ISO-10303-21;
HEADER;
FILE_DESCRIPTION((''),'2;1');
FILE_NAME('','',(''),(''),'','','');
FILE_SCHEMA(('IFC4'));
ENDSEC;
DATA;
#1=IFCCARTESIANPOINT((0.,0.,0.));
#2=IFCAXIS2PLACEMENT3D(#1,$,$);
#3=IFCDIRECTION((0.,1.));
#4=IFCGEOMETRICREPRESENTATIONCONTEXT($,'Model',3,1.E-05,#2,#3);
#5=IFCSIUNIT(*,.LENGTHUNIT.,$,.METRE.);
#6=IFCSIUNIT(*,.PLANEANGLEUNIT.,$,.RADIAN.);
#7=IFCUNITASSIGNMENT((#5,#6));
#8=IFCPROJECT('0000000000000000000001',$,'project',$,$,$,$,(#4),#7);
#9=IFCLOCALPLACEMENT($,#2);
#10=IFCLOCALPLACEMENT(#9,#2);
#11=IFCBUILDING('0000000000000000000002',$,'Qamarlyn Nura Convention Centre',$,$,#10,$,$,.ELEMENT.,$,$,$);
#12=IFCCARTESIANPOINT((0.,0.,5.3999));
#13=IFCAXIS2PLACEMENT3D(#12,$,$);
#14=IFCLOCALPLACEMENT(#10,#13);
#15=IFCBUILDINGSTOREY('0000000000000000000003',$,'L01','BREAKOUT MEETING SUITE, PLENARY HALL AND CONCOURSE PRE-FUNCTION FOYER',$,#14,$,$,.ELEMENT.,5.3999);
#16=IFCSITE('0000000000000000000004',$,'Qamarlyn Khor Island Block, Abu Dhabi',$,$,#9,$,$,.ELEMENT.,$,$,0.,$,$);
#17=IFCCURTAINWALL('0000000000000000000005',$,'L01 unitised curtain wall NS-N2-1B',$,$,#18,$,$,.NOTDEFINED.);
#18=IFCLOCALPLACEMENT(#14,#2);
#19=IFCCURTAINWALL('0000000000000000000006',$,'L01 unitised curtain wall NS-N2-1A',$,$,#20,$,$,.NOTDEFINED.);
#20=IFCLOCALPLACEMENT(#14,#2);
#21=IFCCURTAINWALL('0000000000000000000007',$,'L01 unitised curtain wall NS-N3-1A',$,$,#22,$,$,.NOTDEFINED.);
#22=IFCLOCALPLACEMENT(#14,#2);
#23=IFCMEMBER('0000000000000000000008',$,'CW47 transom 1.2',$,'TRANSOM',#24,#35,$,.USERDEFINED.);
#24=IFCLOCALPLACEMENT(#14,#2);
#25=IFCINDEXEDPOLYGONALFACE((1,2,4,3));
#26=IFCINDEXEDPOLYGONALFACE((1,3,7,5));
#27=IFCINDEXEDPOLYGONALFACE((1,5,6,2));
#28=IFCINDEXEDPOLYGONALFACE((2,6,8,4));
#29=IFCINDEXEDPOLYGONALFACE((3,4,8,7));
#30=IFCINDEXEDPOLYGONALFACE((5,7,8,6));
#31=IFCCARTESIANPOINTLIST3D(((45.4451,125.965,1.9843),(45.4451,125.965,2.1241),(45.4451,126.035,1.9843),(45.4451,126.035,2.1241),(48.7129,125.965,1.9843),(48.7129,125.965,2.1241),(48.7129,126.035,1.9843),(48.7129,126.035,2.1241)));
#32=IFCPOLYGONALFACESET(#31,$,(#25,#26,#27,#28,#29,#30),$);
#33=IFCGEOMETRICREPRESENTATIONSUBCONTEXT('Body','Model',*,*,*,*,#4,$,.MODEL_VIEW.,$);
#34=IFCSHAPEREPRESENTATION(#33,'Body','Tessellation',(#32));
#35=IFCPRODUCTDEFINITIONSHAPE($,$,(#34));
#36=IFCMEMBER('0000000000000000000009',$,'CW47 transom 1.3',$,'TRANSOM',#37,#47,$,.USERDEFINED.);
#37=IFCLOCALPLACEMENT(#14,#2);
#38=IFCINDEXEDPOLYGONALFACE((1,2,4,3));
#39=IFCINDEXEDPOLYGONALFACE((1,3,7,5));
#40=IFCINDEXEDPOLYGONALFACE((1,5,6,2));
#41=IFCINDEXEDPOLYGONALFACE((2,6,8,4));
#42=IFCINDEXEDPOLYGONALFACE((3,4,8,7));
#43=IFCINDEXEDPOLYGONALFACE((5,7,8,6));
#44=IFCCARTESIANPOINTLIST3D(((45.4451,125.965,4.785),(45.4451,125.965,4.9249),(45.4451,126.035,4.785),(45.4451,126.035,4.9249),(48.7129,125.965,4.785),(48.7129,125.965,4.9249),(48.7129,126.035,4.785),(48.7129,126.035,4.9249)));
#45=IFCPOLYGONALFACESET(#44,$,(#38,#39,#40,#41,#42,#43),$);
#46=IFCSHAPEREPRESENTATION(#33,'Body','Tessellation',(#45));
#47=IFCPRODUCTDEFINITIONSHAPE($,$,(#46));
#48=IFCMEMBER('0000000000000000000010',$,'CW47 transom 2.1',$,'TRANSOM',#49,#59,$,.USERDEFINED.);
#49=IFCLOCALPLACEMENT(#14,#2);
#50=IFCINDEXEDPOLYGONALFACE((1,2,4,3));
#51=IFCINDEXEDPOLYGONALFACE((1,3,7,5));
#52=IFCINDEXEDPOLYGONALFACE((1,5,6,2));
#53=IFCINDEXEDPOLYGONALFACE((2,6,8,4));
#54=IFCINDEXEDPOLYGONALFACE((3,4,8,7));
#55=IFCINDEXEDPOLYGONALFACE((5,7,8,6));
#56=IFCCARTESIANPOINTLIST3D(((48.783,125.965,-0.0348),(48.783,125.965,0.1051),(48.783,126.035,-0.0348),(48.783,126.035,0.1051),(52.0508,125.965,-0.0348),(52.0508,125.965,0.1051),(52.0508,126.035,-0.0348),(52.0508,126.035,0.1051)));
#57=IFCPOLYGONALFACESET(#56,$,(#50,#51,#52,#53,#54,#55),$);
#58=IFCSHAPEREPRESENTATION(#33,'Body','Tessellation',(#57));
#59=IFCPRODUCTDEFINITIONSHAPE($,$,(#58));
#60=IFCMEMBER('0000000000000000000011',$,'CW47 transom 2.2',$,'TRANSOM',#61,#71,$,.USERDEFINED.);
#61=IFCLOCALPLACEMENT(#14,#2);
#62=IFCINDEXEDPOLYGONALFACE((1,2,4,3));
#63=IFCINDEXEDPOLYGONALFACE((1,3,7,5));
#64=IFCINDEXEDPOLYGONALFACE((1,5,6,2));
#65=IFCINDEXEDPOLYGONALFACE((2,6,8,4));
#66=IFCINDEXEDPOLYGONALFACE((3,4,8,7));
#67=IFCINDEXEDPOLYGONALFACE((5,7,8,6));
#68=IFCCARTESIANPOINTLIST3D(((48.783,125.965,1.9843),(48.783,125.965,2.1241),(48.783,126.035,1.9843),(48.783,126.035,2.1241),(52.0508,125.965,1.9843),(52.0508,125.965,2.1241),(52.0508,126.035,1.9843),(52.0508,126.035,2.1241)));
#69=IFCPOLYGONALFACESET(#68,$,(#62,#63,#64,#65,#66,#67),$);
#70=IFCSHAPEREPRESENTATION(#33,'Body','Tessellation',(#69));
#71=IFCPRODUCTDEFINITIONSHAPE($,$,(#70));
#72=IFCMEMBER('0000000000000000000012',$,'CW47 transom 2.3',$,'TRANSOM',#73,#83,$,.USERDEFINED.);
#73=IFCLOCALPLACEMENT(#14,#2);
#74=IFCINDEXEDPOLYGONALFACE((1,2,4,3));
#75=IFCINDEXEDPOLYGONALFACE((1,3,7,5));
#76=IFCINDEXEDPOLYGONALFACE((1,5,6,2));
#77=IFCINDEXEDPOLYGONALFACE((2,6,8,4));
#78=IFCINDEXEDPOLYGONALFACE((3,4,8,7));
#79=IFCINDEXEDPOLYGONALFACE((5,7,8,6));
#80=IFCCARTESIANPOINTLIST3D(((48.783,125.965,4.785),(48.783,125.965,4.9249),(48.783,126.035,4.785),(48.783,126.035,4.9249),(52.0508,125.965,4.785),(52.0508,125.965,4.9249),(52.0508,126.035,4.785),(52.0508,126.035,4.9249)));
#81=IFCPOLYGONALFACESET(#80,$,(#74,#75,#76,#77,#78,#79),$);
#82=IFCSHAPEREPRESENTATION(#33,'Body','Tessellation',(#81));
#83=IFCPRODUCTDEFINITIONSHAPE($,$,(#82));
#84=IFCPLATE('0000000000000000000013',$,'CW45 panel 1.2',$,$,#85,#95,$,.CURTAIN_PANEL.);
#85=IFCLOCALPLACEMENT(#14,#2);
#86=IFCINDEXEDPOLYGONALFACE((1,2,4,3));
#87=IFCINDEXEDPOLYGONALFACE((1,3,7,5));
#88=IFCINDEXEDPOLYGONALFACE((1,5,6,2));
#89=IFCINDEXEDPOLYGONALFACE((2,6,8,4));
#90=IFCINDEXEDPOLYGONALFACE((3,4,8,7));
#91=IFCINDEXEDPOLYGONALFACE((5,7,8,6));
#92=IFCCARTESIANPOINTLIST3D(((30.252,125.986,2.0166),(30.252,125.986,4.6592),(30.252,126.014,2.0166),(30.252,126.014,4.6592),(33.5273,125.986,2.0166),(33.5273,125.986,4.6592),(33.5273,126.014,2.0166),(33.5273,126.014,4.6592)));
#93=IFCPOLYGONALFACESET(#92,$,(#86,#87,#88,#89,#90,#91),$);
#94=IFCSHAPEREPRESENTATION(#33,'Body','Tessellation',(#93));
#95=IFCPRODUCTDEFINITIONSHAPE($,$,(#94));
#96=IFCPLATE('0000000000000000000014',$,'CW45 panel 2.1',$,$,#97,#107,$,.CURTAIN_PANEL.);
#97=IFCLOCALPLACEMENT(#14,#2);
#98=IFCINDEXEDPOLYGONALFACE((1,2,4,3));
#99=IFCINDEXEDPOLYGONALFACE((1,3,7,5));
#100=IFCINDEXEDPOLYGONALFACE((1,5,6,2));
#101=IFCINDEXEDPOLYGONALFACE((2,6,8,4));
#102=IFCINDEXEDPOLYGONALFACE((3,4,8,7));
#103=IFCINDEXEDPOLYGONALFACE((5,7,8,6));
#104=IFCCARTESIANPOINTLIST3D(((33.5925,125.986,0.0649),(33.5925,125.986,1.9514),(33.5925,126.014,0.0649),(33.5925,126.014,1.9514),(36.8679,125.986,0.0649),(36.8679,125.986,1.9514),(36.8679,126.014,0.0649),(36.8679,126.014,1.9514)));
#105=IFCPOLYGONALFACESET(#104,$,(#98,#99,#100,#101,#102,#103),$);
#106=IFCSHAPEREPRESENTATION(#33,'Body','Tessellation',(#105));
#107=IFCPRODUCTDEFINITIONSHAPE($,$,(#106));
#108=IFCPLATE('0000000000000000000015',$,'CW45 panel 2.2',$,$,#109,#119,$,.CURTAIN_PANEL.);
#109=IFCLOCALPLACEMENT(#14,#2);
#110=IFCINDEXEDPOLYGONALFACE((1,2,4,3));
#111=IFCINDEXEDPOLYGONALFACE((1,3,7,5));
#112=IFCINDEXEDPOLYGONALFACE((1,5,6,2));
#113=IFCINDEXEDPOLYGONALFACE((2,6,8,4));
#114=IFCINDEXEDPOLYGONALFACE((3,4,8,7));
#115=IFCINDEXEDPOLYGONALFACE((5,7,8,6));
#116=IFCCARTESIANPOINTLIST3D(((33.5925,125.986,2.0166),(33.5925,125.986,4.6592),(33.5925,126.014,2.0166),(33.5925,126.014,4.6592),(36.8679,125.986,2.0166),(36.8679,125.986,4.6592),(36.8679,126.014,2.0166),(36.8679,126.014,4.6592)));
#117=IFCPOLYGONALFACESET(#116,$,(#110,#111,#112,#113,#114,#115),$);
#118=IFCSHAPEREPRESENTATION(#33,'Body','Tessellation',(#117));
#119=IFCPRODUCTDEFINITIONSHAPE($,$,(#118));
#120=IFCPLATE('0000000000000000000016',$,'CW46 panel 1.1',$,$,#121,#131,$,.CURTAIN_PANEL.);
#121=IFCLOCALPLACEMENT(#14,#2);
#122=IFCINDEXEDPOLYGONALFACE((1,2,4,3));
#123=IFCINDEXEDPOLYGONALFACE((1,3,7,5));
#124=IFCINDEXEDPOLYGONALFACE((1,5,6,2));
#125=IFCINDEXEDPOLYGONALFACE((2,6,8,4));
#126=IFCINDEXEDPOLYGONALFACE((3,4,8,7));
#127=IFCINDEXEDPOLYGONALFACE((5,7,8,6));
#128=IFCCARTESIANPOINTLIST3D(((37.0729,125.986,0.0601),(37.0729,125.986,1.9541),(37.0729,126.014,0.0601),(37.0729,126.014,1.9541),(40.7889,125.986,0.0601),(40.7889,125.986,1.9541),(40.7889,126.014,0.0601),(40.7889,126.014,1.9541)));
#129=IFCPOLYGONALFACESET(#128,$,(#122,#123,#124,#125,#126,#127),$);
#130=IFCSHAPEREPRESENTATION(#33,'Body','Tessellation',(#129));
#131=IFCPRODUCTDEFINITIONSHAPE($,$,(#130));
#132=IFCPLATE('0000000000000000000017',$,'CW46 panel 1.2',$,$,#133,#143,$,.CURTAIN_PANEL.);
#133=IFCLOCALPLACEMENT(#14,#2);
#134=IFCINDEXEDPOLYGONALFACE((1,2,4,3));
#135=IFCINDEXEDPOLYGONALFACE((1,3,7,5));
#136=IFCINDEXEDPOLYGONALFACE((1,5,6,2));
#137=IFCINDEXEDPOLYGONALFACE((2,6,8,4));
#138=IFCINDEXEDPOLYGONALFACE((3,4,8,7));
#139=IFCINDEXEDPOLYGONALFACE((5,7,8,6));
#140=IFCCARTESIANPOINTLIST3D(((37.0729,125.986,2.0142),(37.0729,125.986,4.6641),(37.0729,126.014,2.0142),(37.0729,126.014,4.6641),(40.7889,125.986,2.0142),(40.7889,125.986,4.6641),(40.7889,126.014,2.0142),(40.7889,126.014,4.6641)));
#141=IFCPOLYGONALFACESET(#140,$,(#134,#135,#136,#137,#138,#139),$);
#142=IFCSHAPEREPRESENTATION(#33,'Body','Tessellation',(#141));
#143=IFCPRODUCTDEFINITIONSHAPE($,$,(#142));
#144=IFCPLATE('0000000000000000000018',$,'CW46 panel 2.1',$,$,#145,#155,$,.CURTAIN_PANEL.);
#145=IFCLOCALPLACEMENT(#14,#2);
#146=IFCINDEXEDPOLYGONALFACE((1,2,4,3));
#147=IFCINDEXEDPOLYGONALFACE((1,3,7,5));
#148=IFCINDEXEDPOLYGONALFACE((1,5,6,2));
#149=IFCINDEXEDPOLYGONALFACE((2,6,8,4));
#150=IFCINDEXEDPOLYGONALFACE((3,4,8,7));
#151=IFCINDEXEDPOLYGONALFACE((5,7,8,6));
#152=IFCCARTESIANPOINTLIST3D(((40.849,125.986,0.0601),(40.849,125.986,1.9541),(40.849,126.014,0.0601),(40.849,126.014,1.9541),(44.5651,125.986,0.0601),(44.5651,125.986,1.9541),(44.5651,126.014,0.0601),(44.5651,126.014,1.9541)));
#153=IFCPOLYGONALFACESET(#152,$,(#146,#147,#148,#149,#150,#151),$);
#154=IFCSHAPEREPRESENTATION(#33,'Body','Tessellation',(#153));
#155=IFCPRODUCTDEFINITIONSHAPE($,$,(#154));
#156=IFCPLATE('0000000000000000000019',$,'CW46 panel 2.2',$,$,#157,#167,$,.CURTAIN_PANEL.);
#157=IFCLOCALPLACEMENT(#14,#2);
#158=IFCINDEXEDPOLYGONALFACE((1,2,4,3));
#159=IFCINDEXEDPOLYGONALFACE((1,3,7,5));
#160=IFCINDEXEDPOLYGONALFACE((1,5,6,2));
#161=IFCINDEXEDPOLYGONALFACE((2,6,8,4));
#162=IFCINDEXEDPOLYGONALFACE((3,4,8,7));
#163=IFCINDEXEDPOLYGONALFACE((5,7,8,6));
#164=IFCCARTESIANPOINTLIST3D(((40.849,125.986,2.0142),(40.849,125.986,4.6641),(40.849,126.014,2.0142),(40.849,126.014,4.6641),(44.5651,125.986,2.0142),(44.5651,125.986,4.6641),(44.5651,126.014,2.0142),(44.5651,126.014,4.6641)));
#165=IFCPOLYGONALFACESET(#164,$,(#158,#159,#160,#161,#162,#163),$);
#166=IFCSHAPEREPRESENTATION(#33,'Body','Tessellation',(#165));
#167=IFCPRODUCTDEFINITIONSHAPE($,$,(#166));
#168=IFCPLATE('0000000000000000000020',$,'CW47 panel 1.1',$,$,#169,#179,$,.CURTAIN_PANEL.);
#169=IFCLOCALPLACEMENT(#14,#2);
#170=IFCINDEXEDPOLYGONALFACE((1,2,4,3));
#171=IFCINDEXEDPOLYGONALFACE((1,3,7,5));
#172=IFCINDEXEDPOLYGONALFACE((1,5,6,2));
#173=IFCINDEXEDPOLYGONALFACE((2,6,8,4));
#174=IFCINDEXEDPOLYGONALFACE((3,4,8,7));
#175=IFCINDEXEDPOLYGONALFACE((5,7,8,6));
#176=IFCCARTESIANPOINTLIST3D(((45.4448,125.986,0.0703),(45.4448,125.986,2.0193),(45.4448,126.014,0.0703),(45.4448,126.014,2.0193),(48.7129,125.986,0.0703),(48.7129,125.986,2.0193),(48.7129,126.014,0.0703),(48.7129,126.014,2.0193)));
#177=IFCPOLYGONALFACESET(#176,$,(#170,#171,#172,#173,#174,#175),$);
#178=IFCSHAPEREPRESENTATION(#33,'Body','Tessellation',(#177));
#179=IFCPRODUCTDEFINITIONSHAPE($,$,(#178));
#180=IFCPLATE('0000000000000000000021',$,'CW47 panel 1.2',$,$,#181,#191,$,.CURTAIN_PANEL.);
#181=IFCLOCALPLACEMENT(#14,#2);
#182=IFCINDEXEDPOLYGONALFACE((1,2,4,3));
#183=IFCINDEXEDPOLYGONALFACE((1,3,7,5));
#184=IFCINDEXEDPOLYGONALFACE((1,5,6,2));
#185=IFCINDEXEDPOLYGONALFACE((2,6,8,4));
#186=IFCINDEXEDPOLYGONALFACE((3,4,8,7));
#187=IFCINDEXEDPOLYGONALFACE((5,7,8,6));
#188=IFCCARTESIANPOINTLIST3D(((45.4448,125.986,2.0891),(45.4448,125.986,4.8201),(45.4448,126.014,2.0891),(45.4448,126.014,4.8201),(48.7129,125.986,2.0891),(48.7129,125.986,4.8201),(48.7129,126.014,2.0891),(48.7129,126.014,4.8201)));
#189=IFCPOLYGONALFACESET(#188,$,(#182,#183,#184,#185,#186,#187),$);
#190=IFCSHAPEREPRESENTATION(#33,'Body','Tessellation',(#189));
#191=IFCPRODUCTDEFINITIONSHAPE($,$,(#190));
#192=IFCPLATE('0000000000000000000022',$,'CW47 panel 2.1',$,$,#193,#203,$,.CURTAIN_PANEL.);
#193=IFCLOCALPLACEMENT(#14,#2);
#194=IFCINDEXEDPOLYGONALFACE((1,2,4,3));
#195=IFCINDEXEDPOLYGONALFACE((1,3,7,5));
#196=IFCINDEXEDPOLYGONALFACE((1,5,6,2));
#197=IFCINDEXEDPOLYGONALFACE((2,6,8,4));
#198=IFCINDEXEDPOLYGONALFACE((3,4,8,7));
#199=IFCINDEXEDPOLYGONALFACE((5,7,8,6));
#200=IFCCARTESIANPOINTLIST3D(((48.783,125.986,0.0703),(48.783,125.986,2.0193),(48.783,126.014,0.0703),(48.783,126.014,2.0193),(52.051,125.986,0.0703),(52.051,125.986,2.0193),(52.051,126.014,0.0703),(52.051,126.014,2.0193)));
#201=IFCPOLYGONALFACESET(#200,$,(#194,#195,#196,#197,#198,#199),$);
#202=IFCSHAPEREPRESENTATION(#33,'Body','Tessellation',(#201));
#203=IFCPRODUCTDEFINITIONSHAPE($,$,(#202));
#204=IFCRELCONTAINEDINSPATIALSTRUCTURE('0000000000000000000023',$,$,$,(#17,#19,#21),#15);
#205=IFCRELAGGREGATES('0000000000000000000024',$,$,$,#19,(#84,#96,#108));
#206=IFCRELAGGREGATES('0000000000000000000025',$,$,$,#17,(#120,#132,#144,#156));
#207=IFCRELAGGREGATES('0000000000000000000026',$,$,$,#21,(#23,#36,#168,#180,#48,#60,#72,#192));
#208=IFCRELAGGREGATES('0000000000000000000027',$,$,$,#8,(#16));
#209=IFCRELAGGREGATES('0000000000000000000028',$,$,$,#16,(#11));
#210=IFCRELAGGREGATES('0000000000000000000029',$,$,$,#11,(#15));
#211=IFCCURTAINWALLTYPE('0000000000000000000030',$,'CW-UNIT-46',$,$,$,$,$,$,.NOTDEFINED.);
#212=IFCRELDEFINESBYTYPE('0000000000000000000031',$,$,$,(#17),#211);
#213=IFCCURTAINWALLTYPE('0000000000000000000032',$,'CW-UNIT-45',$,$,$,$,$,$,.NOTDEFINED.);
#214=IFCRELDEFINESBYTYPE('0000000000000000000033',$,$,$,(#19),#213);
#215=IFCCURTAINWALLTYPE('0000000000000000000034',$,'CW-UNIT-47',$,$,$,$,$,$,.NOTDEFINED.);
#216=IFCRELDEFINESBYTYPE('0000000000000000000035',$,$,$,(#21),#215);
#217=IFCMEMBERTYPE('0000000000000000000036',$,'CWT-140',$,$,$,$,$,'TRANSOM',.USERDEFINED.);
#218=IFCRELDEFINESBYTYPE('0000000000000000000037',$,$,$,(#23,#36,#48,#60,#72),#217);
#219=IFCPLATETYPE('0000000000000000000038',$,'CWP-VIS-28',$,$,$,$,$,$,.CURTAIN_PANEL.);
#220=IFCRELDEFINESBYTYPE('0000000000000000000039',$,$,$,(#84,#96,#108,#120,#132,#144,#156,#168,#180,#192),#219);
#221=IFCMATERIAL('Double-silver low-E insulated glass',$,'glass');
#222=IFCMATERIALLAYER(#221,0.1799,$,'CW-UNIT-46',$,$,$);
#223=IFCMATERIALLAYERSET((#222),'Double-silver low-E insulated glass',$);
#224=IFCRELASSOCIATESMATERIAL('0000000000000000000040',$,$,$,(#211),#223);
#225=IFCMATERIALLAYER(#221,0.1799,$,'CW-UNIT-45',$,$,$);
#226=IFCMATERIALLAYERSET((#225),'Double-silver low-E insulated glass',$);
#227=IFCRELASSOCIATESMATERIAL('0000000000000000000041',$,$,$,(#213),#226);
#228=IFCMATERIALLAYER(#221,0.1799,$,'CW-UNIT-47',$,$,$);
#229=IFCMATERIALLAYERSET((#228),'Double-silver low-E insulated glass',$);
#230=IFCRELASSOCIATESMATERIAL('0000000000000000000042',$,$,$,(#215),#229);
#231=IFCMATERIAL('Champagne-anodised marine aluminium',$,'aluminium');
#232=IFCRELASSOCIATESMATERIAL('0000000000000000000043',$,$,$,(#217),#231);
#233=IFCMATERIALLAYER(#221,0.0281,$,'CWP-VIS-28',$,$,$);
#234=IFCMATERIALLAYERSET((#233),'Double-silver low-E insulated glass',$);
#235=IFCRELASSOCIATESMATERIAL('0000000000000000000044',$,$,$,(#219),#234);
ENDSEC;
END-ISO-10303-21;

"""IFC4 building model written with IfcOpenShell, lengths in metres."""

from ifc_helpers import new_model, si_unit, direction, frame, origin, origin_2d, place, context, subcontext, project, spatial, rectangle, extrude, material, layer, layer_set, material_profile, profile_set, type_object, element, aggregate, save


model = new_model("IFC4")

# Units and contexts
model_context = context("Model", 3, precision=1e-05, world=origin(), true_north=direction((0.0, 1.0)))
body_context = subcontext(model_context, "Body", "Model", "MODEL_VIEW")
ifc_project = project(units=[si_unit("LENGTHUNIT", "METRE"), si_unit("PLANEANGLEUNIT", "RADIAN")], contexts=[model_context])

# Site, building, storey
site_placement = place(None, origin())
site = spatial("IfcSite", under=ifc_project, at=site_placement, Name="Qamarlyn Khor Island Block, Abu Dhabi", CompositionType="ELEMENT", RefElevation=0.0)
building_placement = place(site_placement, origin())
building = spatial("IfcBuilding", under=site, at=building_placement, Name="Qamarlyn Nura Convention Centre", CompositionType="ELEMENT")
storey_placement = place(building_placement, frame((0.0, 0.0, 5.3999)))
storey = spatial("IfcBuildingStorey", under=building, at=storey_placement, Name="L01", Description="BREAKOUT MEETING SUITE, PLENARY HALL AND CONCOURSE PRE-FUNCTION FOYER", CompositionType="ELEMENT", Elevation=5.3999)

# Curtain walls
ifc_material_1 = material(Name="Double-silver low-E insulated glass", Category="glass")
ifc_layer_1 = layer(ifc_material_1, 0.1799, Name="CW-UNIT-46")
ifc_layer_set_1 = layer_set([ifc_layer_1], Name="Double-silver low-E insulated glass")
curtain_wall_type_1 = type_object("IfcCurtainWallType", Name="CW-UNIT-46", PredefinedType="NOTDEFINED", material=ifc_layer_set_1)
curtain_wall_1_placement = place(storey_placement, origin())
curtain_wall_1 = element("IfcCurtainWall", 1, at=curtain_wall_1_placement, inside=storey, type_object=curtain_wall_type_1, Name="L01 unitised curtain wall NS-N2-1B", PredefinedType="NOTDEFINED")
ifc_material_2 = material(Name="Champagne-anodised marine aluminium", Category="aluminium")
ifc_layer_2 = layer(ifc_material_1, 0.1799, Name="CW-UNIT-45")
ifc_layer_set_2 = layer_set([ifc_layer_2], Name="Double-silver low-E insulated glass")
curtain_wall_type_2 = type_object("IfcCurtainWallType", Name="CW-UNIT-45", PredefinedType="NOTDEFINED", material=ifc_layer_set_2)
curtain_wall_2_placement = place(storey_placement, origin())
curtain_wall_2 = element("IfcCurtainWall", 2, at=curtain_wall_2_placement, inside=storey, type_object=curtain_wall_type_2, Name="L01 unitised curtain wall NS-N2-1A", PredefinedType="NOTDEFINED")

# Curtain wall
ifc_layer_3 = layer(ifc_material_1, 0.1799, Name="CW-UNIT-47")
ifc_layer_set_3 = layer_set([ifc_layer_3], Name="Double-silver low-E insulated glass")
curtain_wall_type_3 = type_object("IfcCurtainWallType", Name="CW-UNIT-47", PredefinedType="NOTDEFINED", material=ifc_layer_set_3)
curtain_wall_3_placement = place(storey_placement, origin())
curtain_wall_3 = element("IfcCurtainWall", 3, at=curtain_wall_3_placement, inside=storey, type_object=curtain_wall_type_3, Name="L01 unitised curtain wall NS-N3-1A", PredefinedType="NOTDEFINED")

# Members
ifc_material_profile_1 = material_profile(ifc_material_2, rectangle(XDim=0.0701, YDim=0.1399, at=origin_2d()), Name="ALU TRANSOM 70x140")
ifc_profile_set_1 = profile_set([ifc_material_profile_1], Name="Champagne-anodised marine aluminium")
member_type_1 = type_object("IfcMemberType", Name="CWT-140", ElementType="TRANSOM", PredefinedType="USERDEFINED", material=ifc_profile_set_1)
member_1_placement = place(storey_placement, frame((45.4451, 126.0, 2.0542), z_axis=(1.0, 0.0, 0.0), x_axis=(0.0, 1.0, 0.0)))
member_1 = element("IfcMember", 4, at=member_1_placement, type_object=member_type_1, Name="CW47 transom 1.2", ObjectType="TRANSOM", PredefinedType="USERDEFINED", context=body_context, shape_type="SweptSolid", body=[
    extrude(rectangle(XDim=0.0701, YDim=0.1399, at=origin_2d()), origin(), (0.0, 0.0, 1.0), 3.2678),
])
member_2_placement = place(storey_placement, frame((45.4451, 126.0, 4.855), z_axis=(1.0, 0.0, 0.0), x_axis=(0.0, 1.0, 0.0)))
member_2 = element("IfcMember", 5, at=member_2_placement, type_object=member_type_1, Name="CW47 transom 1.3", ObjectType="TRANSOM", PredefinedType="USERDEFINED", context=body_context, shape_type="SweptSolid", body=[
    extrude(rectangle(XDim=0.0701, YDim=0.1399, at=origin_2d()), origin(), (0.0, 0.0, 1.0), 3.2678),
])
member_3_placement = place(storey_placement, frame((48.783, 126.0, 0.0352), z_axis=(1.0, 0.0, 0.0), x_axis=(0.0, 1.0, 0.0)))
member_3 = element("IfcMember", 6, at=member_3_placement, type_object=member_type_1, Name="CW47 transom 2.1", ObjectType="TRANSOM", PredefinedType="USERDEFINED", context=body_context, shape_type="SweptSolid", body=[
    extrude(rectangle(XDim=0.0701, YDim=0.1399, at=origin_2d()), origin(), (0.0, 0.0, 1.0), 3.2678),
])
member_4_placement = place(storey_placement, frame((48.783, 126.0, 2.0542), z_axis=(1.0, 0.0, 0.0), x_axis=(0.0, 1.0, 0.0)))
member_4 = element("IfcMember", 7, at=member_4_placement, type_object=member_type_1, Name="CW47 transom 2.2", ObjectType="TRANSOM", PredefinedType="USERDEFINED", context=body_context, shape_type="SweptSolid", body=[
    extrude(rectangle(XDim=0.0701, YDim=0.1399, at=origin_2d()), origin(), (0.0, 0.0, 1.0), 3.2678),
])
member_5_placement = place(storey_placement, frame((48.783, 126.0, 4.855), z_axis=(1.0, 0.0, 0.0), x_axis=(0.0, 1.0, 0.0)))
member_5 = element("IfcMember", 8, at=member_5_placement, type_object=member_type_1, Name="CW47 transom 2.3", ObjectType="TRANSOM", PredefinedType="USERDEFINED", context=body_context, shape_type="SweptSolid", body=[
    extrude(rectangle(XDim=0.0701, YDim=0.1399, at=origin_2d()), origin(), (0.0, 0.0, 1.0), 3.2678),
])

# Plates
ifc_layer_4 = layer(ifc_material_1, 0.0281, Name="CWP-VIS-28")
ifc_layer_set_4 = layer_set([ifc_layer_4], Name="Double-silver low-E insulated glass")
plate_type = type_object("IfcPlateType", Name="CWP-VIS-28", PredefinedType="CURTAIN_PANEL", material=ifc_layer_set_4)
plate_1_placement = place(storey_placement, frame((31.8896, 126.0, 2.0166), z_axis=(0.0, 0.0, 1.0), x_axis=(1.0, 0.0, 0.0)))
plate_1 = element("IfcPlate", 9, at=plate_1_placement, type_object=plate_type, Name="CW45 panel 1.2", PredefinedType="CURTAIN_PANEL", context=body_context, shape_type="SweptSolid", body=[
    extrude(rectangle(XDim=3.2754, YDim=0.0281, at=origin_2d()), origin(), (0.0, 0.0, 1.0), 2.6426),
])
plate_2_placement = place(storey_placement, frame((35.2302, 126.0, 0.0649), z_axis=(0.0, 0.0, 1.0), x_axis=(1.0, 0.0, 0.0)))
plate_2 = element("IfcPlate", 10, at=plate_2_placement, type_object=plate_type, Name="CW45 panel 2.1", PredefinedType="CURTAIN_PANEL", context=body_context, shape_type="SweptSolid", body=[
    extrude(rectangle(XDim=3.2754, YDim=0.0281, at=origin_2d()), origin(), (0.0, 0.0, 1.0), 1.8865),
])
plate_3_placement = place(storey_placement, frame((35.2302, 126.0, 2.0166), z_axis=(0.0, 0.0, 1.0), x_axis=(1.0, 0.0, 0.0)))
plate_3 = element("IfcPlate", 11, at=plate_3_placement, type_object=plate_type, Name="CW45 panel 2.2", PredefinedType="CURTAIN_PANEL", context=body_context, shape_type="SweptSolid", body=[
    extrude(rectangle(XDim=3.2754, YDim=0.0281, at=origin_2d()), origin(), (0.0, 0.0, 1.0), 2.6426),
])
aggregate(curtain_wall_2, [plate_1, plate_2, plate_3])
plate_4_placement = place(storey_placement, frame((38.9309, 126.0, 0.0601), z_axis=(0.0, 0.0, 1.0), x_axis=(1.0, 0.0, 0.0)))
plate_4 = element("IfcPlate", 12, at=plate_4_placement, type_object=plate_type, Name="CW46 panel 1.1", PredefinedType="CURTAIN_PANEL", context=body_context, shape_type="SweptSolid", body=[
    extrude(rectangle(XDim=3.7161, YDim=0.0281, at=origin_2d()), origin(), (0.0, 0.0, 1.0), 1.894),
])
plate_5_placement = place(storey_placement, frame((38.9309, 126.0, 2.0142), z_axis=(0.0, 0.0, 1.0), x_axis=(1.0, 0.0, 0.0)))
plate_5 = element("IfcPlate", 13, at=plate_5_placement, type_object=plate_type, Name="CW46 panel 1.2", PredefinedType="CURTAIN_PANEL", context=body_context, shape_type="SweptSolid", body=[
    extrude(rectangle(XDim=3.7161, YDim=0.0281, at=origin_2d()), origin(), (0.0, 0.0, 1.0), 2.6499),
])
plate_6_placement = place(storey_placement, frame((42.707, 126.0, 0.0601), z_axis=(0.0, 0.0, 1.0), x_axis=(1.0, 0.0, 0.0)))
plate_6 = element("IfcPlate", 14, at=plate_6_placement, type_object=plate_type, Name="CW46 panel 2.1", PredefinedType="CURTAIN_PANEL", context=body_context, shape_type="SweptSolid", body=[
    extrude(rectangle(XDim=3.7161, YDim=0.0281, at=origin_2d()), origin(), (0.0, 0.0, 1.0), 1.894),
])
plate_7_placement = place(storey_placement, frame((42.707, 126.0, 2.0142), z_axis=(0.0, 0.0, 1.0), x_axis=(1.0, 0.0, 0.0)))
plate_7 = element("IfcPlate", 15, at=plate_7_placement, type_object=plate_type, Name="CW46 panel 2.2", PredefinedType="CURTAIN_PANEL", context=body_context, shape_type="SweptSolid", body=[
    extrude(rectangle(XDim=3.7161, YDim=0.0281, at=origin_2d()), origin(), (0.0, 0.0, 1.0), 2.6499),
])
aggregate(curtain_wall_1, [plate_4, plate_5, plate_6, plate_7])
plate_8_placement = place(storey_placement, frame((47.0789, 126.0, 0.0703), z_axis=(0.0, 0.0, 1.0), x_axis=(1.0, 0.0, 0.0)))
plate_8 = element("IfcPlate", 16, at=plate_8_placement, type_object=plate_type, Name="CW47 panel 1.1", PredefinedType="CURTAIN_PANEL", context=body_context, shape_type="SweptSolid", body=[
    extrude(rectangle(XDim=3.2681, YDim=0.0281, at=origin_2d()), origin(), (0.0, 0.0, 1.0), 1.949),
])
plate_9_placement = place(storey_placement, frame((47.0789, 126.0, 2.0891), z_axis=(0.0, 0.0, 1.0), x_axis=(1.0, 0.0, 0.0)))
plate_9 = element("IfcPlate", 17, at=plate_9_placement, type_object=plate_type, Name="CW47 panel 1.2", PredefinedType="CURTAIN_PANEL", context=body_context, shape_type="SweptSolid", body=[
    extrude(rectangle(XDim=3.2681, YDim=0.0281, at=origin_2d()), origin(), (0.0, 0.0, 1.0), 2.731),
])
plate_10_placement = place(storey_placement, frame((50.417, 126.0, 0.0703), z_axis=(0.0, 0.0, 1.0), x_axis=(1.0, 0.0, 0.0)))
plate_10 = element("IfcPlate", 18, at=plate_10_placement, type_object=plate_type, Name="CW47 panel 2.1", PredefinedType="CURTAIN_PANEL", context=body_context, shape_type="SweptSolid", body=[
    extrude(rectangle(XDim=3.2681, YDim=0.0281, at=origin_2d()), origin(), (0.0, 0.0, 1.0), 1.949),
])
aggregate(curtain_wall_3, [member_1, member_2, plate_8, plate_9, member_3, member_4, member_5, plate_10])

save(model, "model.ifc")
